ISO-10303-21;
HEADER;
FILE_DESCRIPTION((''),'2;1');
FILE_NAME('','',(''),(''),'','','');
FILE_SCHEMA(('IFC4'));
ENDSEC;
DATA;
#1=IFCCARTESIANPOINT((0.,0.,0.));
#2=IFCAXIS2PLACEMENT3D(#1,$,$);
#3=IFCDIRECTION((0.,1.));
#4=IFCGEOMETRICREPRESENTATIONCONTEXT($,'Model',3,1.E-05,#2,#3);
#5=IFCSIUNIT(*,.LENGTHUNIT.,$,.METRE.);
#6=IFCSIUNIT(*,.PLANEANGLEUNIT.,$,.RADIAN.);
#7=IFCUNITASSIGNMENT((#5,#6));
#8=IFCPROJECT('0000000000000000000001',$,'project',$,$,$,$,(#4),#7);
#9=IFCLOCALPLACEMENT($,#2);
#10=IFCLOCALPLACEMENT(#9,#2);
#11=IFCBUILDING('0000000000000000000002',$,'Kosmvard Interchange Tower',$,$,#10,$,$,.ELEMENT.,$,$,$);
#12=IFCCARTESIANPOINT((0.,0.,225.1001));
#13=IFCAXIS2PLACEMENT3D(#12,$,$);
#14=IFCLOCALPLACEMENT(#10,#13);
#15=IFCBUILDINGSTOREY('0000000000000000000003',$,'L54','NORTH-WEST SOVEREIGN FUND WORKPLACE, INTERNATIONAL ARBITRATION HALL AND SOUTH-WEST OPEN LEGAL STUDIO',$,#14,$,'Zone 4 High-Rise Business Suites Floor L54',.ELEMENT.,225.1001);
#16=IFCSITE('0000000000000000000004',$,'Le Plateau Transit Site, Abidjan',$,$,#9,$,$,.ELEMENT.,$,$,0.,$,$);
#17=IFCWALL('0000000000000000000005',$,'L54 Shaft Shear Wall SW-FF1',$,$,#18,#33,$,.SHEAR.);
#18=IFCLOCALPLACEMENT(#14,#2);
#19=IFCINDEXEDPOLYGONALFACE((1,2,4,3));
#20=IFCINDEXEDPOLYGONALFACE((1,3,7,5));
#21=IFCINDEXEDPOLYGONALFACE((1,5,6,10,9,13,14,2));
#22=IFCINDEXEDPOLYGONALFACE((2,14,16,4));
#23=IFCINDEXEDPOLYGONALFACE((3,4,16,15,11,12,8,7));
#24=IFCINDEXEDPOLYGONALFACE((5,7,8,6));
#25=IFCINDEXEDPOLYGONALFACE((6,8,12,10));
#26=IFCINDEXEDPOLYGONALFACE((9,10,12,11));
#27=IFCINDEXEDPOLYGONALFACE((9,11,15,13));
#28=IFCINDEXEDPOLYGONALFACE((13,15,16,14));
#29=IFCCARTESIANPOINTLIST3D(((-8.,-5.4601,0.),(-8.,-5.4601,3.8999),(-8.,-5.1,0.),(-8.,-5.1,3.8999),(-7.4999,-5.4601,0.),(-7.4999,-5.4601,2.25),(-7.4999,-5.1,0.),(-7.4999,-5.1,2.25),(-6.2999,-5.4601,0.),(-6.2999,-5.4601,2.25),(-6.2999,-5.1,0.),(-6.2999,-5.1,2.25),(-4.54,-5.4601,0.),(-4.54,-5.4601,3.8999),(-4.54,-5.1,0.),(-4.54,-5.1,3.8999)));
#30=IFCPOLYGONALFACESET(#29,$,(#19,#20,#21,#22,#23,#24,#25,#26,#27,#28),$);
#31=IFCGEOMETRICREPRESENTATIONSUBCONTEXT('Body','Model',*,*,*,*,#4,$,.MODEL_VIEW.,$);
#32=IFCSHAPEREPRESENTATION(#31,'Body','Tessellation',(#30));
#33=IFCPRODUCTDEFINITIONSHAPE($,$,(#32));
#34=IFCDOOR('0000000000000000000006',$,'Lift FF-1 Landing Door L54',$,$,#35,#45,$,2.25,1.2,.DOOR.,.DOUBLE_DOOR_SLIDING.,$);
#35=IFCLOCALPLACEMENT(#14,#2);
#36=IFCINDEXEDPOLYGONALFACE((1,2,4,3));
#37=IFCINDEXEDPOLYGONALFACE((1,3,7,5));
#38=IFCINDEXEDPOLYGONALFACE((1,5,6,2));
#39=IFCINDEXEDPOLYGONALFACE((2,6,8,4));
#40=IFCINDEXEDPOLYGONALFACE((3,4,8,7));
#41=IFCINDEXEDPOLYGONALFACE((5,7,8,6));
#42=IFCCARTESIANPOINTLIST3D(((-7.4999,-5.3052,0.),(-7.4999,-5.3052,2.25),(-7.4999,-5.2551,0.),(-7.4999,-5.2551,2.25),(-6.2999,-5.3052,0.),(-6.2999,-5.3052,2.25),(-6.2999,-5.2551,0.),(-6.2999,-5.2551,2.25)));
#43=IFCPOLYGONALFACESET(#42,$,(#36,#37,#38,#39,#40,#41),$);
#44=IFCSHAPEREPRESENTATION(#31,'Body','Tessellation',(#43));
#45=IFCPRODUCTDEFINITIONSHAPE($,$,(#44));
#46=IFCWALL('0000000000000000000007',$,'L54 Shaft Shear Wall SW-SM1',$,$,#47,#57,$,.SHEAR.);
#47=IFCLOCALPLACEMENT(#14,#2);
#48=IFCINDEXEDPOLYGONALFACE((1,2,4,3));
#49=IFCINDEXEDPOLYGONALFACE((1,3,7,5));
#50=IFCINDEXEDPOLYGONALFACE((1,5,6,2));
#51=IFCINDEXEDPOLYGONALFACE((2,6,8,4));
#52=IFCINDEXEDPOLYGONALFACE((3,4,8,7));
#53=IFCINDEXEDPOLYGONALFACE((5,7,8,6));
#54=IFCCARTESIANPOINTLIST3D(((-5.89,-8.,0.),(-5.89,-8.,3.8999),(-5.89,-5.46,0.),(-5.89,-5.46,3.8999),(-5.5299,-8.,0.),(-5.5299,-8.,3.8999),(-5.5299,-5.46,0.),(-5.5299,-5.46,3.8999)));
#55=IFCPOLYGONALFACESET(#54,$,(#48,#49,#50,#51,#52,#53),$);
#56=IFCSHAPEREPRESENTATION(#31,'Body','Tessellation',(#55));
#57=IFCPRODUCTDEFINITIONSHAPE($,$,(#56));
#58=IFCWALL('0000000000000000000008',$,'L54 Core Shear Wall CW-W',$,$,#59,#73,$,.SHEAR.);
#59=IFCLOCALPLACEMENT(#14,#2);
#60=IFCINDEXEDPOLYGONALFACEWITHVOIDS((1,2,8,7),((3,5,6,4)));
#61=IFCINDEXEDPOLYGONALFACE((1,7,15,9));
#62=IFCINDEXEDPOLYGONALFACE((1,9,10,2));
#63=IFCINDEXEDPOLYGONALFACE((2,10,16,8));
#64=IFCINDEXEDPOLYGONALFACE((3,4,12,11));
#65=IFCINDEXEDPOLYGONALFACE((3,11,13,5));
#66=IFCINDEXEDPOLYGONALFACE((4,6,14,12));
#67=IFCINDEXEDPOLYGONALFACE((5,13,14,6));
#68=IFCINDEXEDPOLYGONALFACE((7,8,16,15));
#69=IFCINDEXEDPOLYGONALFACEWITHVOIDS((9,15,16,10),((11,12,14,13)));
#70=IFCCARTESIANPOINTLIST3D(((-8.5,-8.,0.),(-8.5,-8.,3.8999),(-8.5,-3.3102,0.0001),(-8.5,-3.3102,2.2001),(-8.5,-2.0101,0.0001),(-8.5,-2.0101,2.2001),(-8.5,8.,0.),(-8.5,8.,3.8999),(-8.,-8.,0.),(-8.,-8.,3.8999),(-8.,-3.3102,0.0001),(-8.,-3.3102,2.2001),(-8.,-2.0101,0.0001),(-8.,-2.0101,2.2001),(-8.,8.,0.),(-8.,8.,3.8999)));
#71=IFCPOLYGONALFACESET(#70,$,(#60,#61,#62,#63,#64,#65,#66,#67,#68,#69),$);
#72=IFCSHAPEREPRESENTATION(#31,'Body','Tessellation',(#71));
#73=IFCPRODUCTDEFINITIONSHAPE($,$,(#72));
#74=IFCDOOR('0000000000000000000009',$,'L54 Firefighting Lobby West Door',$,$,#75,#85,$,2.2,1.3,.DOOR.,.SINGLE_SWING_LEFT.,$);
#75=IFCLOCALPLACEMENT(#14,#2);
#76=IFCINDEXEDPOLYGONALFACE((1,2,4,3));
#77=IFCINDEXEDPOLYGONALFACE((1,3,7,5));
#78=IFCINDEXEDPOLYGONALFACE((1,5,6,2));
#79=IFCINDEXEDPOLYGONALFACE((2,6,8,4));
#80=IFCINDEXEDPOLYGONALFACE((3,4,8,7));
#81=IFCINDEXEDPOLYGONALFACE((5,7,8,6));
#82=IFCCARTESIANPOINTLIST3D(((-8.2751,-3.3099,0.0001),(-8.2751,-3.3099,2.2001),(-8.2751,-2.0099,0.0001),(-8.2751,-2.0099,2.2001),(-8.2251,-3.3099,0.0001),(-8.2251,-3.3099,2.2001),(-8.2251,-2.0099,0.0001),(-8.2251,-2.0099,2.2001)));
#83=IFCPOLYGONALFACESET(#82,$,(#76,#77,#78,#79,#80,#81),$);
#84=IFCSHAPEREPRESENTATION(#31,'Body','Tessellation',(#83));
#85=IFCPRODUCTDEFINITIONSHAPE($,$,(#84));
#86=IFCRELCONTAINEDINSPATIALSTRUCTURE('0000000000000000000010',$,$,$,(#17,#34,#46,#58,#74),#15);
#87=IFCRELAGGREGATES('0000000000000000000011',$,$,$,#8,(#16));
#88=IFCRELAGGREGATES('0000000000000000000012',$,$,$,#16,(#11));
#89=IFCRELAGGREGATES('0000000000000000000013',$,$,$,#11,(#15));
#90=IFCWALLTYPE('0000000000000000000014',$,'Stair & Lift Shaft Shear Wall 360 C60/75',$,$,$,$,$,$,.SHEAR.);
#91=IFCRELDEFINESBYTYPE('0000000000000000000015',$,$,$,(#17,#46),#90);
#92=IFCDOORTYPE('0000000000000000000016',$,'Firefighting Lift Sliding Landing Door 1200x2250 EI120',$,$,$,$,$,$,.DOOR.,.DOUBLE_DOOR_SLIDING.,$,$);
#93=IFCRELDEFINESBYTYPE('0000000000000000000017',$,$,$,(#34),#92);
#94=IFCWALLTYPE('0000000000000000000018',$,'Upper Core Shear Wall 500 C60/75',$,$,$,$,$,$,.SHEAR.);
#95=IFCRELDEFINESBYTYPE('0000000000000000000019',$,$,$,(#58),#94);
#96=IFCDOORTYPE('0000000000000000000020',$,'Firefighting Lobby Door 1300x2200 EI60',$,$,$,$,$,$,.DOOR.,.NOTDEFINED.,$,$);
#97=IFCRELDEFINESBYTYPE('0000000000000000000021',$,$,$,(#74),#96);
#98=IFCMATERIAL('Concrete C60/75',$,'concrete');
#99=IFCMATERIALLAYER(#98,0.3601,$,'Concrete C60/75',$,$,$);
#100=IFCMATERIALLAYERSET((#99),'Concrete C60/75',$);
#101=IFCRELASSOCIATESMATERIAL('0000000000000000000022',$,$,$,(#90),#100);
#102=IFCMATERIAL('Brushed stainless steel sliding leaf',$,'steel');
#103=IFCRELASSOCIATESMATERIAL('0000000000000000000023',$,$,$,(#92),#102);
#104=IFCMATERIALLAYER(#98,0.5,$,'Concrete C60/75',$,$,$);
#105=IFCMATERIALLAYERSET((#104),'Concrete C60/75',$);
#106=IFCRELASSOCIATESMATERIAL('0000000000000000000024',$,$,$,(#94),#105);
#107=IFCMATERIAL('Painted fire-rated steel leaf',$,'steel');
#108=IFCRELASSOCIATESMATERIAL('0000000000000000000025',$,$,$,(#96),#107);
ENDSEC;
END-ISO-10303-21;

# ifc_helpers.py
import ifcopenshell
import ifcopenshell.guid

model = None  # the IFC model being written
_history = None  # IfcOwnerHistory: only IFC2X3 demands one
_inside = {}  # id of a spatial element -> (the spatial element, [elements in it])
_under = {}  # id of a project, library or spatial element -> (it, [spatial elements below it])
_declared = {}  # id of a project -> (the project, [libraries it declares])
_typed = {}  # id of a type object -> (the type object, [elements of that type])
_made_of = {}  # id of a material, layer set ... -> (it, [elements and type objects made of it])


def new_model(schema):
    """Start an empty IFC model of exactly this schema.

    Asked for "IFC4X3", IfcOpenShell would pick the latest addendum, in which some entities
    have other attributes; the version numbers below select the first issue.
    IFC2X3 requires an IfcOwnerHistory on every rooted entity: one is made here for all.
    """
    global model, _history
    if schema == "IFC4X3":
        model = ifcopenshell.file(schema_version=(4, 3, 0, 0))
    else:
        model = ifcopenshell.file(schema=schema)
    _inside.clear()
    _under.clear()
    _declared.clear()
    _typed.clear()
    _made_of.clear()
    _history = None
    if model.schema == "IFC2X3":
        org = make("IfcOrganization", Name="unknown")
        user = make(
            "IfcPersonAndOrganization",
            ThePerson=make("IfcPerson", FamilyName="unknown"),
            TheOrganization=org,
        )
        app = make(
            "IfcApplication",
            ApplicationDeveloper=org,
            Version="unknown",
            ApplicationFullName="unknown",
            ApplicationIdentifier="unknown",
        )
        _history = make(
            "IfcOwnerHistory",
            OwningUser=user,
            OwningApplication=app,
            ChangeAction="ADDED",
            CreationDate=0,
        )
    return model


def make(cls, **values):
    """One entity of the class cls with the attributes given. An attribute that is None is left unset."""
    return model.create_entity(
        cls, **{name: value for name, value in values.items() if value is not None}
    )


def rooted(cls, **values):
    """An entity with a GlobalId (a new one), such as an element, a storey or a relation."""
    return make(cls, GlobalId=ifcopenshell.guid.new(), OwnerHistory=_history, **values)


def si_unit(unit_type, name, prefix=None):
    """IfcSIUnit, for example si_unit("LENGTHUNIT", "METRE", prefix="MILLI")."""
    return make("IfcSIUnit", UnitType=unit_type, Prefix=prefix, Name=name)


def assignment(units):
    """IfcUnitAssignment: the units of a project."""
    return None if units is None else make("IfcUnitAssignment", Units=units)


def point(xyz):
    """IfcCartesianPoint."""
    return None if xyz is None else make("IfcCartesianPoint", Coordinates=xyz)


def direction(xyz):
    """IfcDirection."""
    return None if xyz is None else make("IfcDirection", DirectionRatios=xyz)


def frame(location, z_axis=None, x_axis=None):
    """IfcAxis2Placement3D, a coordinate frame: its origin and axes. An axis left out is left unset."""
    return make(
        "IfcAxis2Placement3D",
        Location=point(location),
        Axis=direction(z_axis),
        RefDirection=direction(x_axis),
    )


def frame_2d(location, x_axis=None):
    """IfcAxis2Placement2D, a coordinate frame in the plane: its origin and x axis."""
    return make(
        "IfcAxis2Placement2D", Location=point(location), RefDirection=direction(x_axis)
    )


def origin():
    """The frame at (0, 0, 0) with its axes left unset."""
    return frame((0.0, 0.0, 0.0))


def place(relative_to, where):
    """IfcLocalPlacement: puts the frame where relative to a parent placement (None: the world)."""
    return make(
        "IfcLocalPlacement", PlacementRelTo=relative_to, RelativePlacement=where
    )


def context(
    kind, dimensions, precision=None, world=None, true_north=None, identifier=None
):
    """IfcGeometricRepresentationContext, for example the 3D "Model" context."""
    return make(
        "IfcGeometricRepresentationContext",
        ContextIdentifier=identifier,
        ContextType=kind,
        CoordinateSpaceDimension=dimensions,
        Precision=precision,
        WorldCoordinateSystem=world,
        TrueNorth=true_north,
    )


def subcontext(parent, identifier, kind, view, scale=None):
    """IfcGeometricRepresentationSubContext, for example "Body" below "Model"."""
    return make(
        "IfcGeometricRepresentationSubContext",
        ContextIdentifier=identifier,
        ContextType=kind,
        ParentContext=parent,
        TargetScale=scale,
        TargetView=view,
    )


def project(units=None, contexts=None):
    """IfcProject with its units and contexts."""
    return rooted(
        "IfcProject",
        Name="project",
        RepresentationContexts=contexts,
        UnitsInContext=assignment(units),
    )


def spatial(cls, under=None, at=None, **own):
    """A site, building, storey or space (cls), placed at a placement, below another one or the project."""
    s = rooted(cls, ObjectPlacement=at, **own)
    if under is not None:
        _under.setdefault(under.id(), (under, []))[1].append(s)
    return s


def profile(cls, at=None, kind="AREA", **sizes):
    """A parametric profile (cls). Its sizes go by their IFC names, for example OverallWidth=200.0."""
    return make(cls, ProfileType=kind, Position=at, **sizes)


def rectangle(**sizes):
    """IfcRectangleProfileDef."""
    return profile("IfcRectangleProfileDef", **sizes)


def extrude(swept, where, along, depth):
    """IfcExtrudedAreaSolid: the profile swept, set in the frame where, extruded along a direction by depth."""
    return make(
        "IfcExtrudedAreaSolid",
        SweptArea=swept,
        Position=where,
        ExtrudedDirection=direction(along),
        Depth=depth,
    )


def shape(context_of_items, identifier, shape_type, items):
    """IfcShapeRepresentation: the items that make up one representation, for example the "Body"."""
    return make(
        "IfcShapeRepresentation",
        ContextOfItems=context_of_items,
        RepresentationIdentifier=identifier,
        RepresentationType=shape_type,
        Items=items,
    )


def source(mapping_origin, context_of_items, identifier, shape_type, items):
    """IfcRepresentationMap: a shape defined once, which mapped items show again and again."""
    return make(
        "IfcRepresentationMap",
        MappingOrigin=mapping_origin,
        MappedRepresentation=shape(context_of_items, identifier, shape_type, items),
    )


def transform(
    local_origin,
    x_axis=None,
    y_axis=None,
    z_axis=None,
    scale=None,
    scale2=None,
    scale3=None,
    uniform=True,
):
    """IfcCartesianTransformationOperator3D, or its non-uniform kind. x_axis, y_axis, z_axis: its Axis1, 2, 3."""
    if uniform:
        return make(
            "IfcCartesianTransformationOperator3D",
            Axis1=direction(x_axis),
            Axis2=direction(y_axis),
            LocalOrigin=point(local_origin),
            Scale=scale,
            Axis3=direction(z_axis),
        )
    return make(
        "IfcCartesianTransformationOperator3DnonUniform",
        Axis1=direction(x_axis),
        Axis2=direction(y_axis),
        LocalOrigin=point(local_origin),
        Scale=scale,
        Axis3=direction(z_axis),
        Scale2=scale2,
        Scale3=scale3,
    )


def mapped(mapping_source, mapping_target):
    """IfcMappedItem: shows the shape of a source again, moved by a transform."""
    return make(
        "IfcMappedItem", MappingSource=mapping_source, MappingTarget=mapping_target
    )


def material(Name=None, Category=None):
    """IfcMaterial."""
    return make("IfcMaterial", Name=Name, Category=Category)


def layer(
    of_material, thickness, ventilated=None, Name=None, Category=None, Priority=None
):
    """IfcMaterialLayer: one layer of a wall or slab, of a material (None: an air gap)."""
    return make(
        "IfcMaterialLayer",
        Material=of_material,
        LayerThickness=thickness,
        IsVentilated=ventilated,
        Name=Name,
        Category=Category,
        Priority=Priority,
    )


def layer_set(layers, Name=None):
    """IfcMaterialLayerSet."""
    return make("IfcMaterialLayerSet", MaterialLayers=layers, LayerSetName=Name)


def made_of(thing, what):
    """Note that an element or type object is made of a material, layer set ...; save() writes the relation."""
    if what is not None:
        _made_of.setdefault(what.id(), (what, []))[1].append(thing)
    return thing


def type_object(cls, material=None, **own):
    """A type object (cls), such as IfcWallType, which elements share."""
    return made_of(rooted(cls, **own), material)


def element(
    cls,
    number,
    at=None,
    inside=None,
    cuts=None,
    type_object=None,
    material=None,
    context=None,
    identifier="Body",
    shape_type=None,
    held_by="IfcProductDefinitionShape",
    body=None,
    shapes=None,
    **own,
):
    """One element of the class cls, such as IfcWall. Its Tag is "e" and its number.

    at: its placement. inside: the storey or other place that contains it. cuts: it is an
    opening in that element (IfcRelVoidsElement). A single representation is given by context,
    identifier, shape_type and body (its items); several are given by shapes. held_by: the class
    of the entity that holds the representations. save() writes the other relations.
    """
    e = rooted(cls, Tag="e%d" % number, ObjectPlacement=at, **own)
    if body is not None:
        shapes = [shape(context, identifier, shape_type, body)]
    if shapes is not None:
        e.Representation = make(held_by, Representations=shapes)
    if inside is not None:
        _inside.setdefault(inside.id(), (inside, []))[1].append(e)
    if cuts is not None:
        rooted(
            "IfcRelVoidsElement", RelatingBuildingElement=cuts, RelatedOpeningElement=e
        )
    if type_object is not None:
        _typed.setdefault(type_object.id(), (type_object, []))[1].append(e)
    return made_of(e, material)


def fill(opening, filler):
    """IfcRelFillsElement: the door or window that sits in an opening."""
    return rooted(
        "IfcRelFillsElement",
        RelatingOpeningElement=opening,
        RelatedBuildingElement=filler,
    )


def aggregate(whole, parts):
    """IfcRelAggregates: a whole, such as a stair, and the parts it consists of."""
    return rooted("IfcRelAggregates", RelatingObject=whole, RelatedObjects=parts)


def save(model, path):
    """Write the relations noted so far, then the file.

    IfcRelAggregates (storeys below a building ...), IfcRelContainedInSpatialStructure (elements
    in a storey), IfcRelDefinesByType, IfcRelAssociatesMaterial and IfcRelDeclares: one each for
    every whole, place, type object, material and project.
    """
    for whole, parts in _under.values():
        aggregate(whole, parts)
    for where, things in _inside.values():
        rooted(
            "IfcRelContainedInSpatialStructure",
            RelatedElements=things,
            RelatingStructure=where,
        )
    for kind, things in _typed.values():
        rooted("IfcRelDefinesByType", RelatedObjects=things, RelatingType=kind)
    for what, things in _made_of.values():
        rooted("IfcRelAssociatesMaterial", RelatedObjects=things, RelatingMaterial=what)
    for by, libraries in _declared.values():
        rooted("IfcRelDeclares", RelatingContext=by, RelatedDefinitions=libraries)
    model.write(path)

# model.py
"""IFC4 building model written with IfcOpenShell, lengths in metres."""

from ifc_helpers import new_model, si_unit, direction, frame, frame_2d, origin, place, context, subcontext, project, spatial, rectangle, extrude, source, transform, mapped, material, layer, layer_set, type_object, element, fill, save


model = new_model("IFC4")

# Units and contexts
model_context = context("Model", 3, precision=1e-05, world=origin(), true_north=direction((0.0, 1.0)))
body_context = subcontext(model_context, "Body", "Model", "MODEL_VIEW")
ifc_project = project(units=[si_unit("LENGTHUNIT", "METRE"), si_unit("PLANEANGLEUNIT", "RADIAN")], contexts=[model_context])

# Site, building, storey
site_placement = place(None, origin())
site = spatial("IfcSite", under=ifc_project, at=site_placement, Name="Le Plateau Transit Site, Abidjan", CompositionType="ELEMENT", RefElevation=0.0)
building_placement = place(site_placement, origin())
building = spatial("IfcBuilding", under=site, at=building_placement, Name="Kosmvard Interchange Tower", CompositionType="ELEMENT")
storey_placement = place(building_placement, frame((0.0, 0.0, 225.1001)))
storey = spatial("IfcBuildingStorey", under=building, at=storey_placement, Name="L54", Description="NORTH-WEST SOVEREIGN FUND WORKPLACE, INTERNATIONAL ARBITRATION HALL AND SOUTH-WEST OPEN LEGAL STUDIO", LongName="Zone 4 High-Rise Business Suites Floor L54", CompositionType="ELEMENT", Elevation=225.1001)

# Shared definitions
ifc_material_1 = material(Name="Concrete C60/75", Category="concrete")

# Shared definitions
ifc_material_2 = material(Name="Painted fire-rated steel leaf", Category="steel")
ifc_material_3 = material(Name="Brushed stainless steel sliding leaf", Category="steel")

# Shared definitions
ifc_layer_1 = layer(ifc_material_1, 0.3601, Name="Concrete C60/75")
ifc_layer_set_1 = layer_set([ifc_layer_1], Name="Concrete C60/75")
wall_type_1 = type_object("IfcWallType", Name="Stair & Lift Shaft Shear Wall 360 C60/75", PredefinedType="SHEAR", material=ifc_layer_set_1)

# Wall, opening, door
wall_1_placement = place(storey_placement, frame((-8.0, -5.28, 0.0), z_axis=(0.0, 0.0, 1.0), x_axis=(1.0, 0.0, 0.0)))
wall_1 = element("IfcWall", 1, at=wall_1_placement, inside=storey, type_object=wall_type_1, Name="L54 Shaft Shear Wall SW-FF1", PredefinedType="SHEAR", context=body_context, shape_type="SweptSolid", body=[
    extrude(rectangle(XDim=3.46, YDim=0.3601, at=frame_2d((1.73, 0.0))), origin(), (0.0, 0.0, 1.0), 3.8999),
])
opening_1_placement = place(wall_1_placement, frame((0.5, 0.0, 0.0)))
opening_1 = element("IfcOpeningElement", 2, at=opening_1_placement, cuts=wall_1, PredefinedType="OPENING", context=body_context, shape_type="SweptSolid", body=[
    extrude(rectangle(XDim=1.2, YDim=2.25, at=frame_2d((0.6001, 1.125))), frame((0.0, 0.1899, 0.0), z_axis=(0.0, -1.0, 0.0), x_axis=(1.0, 0.0, 0.0)), (0.0, 0.0, 1.0), 0.3801),
])
door_type_1 = type_object("IfcDoorType", Name="Firefighting Lift Sliding Landing Door 1200x2250 EI120", OperationType="DOUBLE_DOOR_SLIDING", PredefinedType="DOOR", material=ifc_material_3)
shared_shape_1 = source(origin(), body_context, "Body", "SweptSolid", [
    extrude(rectangle(XDim=1.2, YDim=2.25, at=frame_2d((0.6001, 1.125))), frame((0.0, 0.0249, 0.0), z_axis=(0.0, -1.0, 0.0), x_axis=(1.0, 0.0, 0.0)), (0.0, 0.0, 1.0), 0.05),
])
door_1_placement = place(opening_1_placement, origin())
door_1 = element("IfcDoor", 3, at=door_1_placement, inside=storey, type_object=door_type_1, Name="Lift FF-1 Landing Door L54", OperationType="DOUBLE_DOOR_SLIDING", OverallHeight=2.25, OverallWidth=1.2, PredefinedType="DOOR", context=body_context, shape_type="MappedRepresentation", body=[
    mapped(shared_shape_1, transform((0.0, 0.0, 0.0), scale=1.0)),
])
fill(opening_1, door_1)

# Wall
wall_2_placement = place(storey_placement, frame((-5.71, -8.0, 0.0), z_axis=(0.0, 0.0, 1.0), x_axis=(0.0, 1.0, 0.0)))
element("IfcWall", 4, at=wall_2_placement, inside=storey, type_object=wall_type_1, Name="L54 Shaft Shear Wall SW-SM1", PredefinedType="SHEAR", context=body_context, shape_type="SweptSolid", body=[
    extrude(rectangle(XDim=2.54, YDim=0.3601, at=frame_2d((1.27, 0.0))), origin(), (0.0, 0.0, 1.0), 3.8999),
])

# Wall, opening, door
ifc_layer_2 = layer(ifc_material_1, 0.5, Name="Concrete C60/75")
ifc_layer_set_2 = layer_set([ifc_layer_2], Name="Concrete C60/75")
wall_type_2 = type_object("IfcWallType", Name="Upper Core Shear Wall 500 C60/75", PredefinedType="SHEAR", material=ifc_layer_set_2)
wall_3_placement = place(storey_placement, frame((-8.25, -8.0, 0.0), z_axis=(0.0, 0.0, 1.0), x_axis=(0.0, 1.0, 0.0)))
wall_3 = element("IfcWall", 5, at=wall_3_placement, inside=storey, type_object=wall_type_2, Name="L54 Core Shear Wall CW-W", PredefinedType="SHEAR", context=body_context, shape_type="SweptSolid", body=[
    extrude(rectangle(XDim=16.0, YDim=0.5, at=frame_2d((8.0, 0.0))), origin(), (0.0, 0.0, 1.0), 3.8999),
])
opening_2_placement = place(wall_3_placement, frame((4.6899, 0.0, 0.0)))
opening_2 = element("IfcOpeningElement", 6, at=opening_2_placement, cuts=wall_3, PredefinedType="OPENING", context=body_context, shape_type="SweptSolid", body=[
    extrude(rectangle(XDim=1.3, YDim=2.2, at=frame_2d((0.6499, 1.1001))), frame((0.0, 0.26, 0.0), z_axis=(0.0, -1.0, 0.0), x_axis=(1.0, 0.0, 0.0)), (0.0, 0.0, 1.0), 0.52),
])
door_type_2 = type_object("IfcDoorType", Name="Firefighting Lobby Door 1300x2200 EI60", OperationType="NOTDEFINED", PredefinedType="DOOR", material=ifc_material_2)
shared_shape_2 = source(origin(), body_context, "Body", "SweptSolid", [
    extrude(rectangle(XDim=1.3, YDim=2.2, at=frame_2d((0.6499, 1.1001))), frame((0.0, 0.0249, 0.0), z_axis=(0.0, -1.0, 0.0), x_axis=(1.0, 0.0, 0.0)), (0.0, 0.0, 1.0), 0.05),
])
door_2_placement = place(opening_2_placement, frame((1.3, 0.0, 0.0), z_axis=(0.0, 0.0, 1.0), x_axis=(-1.0, 0.0, 0.0)))
door_2 = element("IfcDoor", 7, at=door_2_placement, inside=storey, type_object=door_type_2, Name="L54 Firefighting Lobby West Door", OperationType="SINGLE_SWING_LEFT", OverallHeight=2.2, OverallWidth=1.3, PredefinedType="DOOR", context=body_context, shape_type="MappedRepresentation", body=[
    mapped(shared_shape_2, transform((0.0, 0.0, 0.0), scale=1.0)),
])
fill(opening_2, door_2)

save(model, "model.ifc")
